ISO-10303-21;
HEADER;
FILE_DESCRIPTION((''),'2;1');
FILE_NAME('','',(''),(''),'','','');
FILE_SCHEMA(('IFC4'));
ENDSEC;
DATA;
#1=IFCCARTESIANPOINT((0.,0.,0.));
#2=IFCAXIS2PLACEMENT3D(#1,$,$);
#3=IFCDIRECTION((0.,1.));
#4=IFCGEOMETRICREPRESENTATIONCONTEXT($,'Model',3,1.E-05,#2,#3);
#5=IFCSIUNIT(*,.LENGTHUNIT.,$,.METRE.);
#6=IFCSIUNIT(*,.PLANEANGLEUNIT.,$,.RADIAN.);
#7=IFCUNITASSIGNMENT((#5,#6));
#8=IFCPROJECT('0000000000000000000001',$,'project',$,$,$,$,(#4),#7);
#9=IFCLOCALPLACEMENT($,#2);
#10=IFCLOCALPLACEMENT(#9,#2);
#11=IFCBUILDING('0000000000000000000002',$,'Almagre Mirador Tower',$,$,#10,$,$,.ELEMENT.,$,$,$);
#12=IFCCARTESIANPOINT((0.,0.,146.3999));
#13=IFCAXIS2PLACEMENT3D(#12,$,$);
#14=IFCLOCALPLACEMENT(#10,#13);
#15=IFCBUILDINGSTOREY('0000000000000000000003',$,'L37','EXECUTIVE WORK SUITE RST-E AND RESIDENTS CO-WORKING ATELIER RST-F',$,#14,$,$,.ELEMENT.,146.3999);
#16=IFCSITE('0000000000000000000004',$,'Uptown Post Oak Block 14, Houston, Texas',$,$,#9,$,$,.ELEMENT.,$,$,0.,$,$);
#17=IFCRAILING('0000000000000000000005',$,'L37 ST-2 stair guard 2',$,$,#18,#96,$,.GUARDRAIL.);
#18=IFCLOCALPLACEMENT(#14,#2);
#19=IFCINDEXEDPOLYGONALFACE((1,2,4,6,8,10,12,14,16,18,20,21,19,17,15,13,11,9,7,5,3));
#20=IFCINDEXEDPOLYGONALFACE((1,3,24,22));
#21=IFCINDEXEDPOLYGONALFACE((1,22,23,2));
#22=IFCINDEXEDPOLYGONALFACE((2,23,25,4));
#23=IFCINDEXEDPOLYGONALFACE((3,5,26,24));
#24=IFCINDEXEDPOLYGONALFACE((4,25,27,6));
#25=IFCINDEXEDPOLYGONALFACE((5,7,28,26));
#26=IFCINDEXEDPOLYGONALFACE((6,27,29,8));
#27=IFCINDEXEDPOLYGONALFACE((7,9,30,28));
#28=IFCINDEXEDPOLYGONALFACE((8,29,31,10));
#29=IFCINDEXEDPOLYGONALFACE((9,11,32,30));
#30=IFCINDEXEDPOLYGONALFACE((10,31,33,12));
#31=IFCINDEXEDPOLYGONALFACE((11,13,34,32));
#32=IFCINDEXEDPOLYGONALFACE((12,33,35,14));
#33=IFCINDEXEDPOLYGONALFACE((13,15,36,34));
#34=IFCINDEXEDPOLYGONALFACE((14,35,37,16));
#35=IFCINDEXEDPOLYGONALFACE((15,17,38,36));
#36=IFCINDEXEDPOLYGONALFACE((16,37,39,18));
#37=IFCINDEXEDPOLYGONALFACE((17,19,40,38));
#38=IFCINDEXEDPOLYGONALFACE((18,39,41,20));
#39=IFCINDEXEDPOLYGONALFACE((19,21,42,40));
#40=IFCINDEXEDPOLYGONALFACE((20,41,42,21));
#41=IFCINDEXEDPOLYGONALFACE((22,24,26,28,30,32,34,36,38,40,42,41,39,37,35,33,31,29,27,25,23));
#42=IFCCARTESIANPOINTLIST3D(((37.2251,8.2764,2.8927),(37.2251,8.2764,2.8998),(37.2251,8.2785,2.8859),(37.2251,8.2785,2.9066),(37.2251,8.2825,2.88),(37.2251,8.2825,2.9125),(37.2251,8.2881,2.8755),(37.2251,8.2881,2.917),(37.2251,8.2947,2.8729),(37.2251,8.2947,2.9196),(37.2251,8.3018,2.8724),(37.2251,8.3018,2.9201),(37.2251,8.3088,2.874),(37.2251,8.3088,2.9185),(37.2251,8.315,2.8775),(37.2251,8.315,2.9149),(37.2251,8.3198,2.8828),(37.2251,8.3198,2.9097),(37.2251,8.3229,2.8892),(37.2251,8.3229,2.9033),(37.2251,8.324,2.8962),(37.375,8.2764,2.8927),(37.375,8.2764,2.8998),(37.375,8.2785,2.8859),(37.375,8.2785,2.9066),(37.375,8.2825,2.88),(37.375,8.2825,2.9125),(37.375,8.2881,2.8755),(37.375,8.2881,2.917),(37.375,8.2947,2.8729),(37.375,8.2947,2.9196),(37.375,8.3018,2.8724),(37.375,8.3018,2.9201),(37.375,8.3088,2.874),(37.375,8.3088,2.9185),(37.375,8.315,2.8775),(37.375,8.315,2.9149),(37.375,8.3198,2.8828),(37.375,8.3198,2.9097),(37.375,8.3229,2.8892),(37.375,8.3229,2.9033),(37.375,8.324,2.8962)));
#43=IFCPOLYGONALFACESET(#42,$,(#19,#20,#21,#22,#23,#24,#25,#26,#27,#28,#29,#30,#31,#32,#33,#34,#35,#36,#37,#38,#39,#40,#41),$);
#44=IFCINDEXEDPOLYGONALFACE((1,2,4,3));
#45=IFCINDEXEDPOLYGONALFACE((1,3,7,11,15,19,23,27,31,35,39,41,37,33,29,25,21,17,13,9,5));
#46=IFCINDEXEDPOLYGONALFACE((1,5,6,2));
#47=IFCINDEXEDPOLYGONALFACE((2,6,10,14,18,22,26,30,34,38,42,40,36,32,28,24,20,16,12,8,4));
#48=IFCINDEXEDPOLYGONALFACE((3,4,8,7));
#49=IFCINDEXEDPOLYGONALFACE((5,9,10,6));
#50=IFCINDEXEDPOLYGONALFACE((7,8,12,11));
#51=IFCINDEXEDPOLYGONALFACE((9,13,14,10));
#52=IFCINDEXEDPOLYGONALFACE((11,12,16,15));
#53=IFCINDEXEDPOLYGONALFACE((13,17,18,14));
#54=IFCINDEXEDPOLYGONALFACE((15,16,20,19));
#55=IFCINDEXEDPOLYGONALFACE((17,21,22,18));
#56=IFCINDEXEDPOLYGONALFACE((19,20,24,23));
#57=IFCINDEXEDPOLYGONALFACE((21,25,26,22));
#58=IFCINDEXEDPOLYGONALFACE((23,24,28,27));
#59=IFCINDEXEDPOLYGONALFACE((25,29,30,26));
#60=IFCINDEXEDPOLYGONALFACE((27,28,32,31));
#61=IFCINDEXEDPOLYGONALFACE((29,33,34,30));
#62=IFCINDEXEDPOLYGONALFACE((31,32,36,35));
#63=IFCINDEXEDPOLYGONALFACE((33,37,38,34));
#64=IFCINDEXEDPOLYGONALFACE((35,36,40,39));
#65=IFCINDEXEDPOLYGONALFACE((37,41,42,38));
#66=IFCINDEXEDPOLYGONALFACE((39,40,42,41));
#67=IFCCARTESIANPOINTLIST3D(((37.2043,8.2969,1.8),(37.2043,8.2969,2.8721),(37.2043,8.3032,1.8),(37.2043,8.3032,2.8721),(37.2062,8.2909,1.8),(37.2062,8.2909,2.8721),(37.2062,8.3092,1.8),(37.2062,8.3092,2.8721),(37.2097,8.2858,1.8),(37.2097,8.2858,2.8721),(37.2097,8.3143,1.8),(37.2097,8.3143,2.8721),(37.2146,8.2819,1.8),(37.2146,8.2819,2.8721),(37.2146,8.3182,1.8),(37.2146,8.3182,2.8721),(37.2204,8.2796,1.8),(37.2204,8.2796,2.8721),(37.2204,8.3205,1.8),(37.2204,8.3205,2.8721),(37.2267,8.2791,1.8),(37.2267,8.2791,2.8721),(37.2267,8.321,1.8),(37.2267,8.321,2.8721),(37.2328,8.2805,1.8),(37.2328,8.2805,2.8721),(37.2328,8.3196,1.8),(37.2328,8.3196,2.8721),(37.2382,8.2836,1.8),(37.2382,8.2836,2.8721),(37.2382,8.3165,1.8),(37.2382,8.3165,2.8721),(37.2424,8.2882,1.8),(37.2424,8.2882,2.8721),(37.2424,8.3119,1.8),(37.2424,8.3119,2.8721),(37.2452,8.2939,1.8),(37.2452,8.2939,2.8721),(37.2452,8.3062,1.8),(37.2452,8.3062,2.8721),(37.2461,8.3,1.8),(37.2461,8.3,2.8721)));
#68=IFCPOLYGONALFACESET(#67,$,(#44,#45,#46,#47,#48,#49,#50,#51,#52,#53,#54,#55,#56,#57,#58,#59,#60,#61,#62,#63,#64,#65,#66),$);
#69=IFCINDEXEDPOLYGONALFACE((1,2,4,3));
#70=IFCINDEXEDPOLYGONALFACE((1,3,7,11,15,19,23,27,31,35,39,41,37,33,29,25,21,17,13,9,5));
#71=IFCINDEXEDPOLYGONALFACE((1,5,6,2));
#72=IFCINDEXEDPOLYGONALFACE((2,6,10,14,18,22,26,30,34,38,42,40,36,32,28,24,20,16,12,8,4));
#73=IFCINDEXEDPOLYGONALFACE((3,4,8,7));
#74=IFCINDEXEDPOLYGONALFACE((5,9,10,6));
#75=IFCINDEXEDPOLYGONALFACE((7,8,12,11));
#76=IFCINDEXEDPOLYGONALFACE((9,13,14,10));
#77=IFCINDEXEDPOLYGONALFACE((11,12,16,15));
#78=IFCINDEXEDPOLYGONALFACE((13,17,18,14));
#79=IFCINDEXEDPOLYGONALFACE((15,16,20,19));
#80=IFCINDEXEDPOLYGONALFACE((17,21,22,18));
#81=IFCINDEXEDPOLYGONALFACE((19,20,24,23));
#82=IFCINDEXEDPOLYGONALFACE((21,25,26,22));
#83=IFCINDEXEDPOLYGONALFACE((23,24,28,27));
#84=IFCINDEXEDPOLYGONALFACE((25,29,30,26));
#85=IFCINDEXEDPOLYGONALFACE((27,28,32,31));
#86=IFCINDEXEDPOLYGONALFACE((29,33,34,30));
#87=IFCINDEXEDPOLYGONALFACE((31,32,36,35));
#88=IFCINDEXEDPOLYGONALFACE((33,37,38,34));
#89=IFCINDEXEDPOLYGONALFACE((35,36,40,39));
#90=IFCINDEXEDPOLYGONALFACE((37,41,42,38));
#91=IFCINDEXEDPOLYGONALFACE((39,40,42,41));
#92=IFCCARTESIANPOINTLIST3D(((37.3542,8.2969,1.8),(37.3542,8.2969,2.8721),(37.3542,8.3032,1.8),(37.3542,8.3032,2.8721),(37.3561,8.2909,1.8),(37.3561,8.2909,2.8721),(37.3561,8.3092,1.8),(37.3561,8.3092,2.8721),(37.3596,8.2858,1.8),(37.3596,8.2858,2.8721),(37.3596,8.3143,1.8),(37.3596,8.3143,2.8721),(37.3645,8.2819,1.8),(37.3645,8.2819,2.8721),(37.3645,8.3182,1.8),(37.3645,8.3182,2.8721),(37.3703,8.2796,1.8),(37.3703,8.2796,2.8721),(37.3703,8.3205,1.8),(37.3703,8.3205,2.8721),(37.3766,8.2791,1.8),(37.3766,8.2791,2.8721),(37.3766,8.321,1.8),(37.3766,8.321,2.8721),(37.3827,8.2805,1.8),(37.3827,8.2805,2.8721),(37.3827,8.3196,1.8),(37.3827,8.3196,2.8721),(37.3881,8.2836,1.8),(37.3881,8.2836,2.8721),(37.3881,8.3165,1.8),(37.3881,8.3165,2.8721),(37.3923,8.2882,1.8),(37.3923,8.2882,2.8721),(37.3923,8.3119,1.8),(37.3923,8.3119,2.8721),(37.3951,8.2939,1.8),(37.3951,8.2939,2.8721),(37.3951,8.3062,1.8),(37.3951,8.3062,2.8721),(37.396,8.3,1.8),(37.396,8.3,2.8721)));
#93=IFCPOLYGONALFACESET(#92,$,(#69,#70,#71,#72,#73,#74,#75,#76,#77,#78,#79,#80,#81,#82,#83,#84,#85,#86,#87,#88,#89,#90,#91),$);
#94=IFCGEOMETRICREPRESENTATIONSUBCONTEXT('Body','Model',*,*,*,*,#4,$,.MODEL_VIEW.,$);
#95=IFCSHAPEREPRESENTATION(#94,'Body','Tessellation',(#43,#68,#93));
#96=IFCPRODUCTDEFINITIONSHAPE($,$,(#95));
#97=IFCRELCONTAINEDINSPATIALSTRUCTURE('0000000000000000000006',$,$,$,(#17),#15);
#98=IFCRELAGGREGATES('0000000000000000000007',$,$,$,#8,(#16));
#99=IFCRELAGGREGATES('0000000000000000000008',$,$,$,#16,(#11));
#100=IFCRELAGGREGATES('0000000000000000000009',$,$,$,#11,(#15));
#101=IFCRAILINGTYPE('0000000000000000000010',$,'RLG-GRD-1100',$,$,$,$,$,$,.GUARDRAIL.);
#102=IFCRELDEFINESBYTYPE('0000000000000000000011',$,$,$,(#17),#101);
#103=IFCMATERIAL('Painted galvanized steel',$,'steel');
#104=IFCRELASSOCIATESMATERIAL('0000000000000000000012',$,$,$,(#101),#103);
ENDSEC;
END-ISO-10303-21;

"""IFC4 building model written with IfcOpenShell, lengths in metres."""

from ifc_helpers import new_model, si_unit, direction, frame, origin, origin_2d, place, context, subcontext, project, spatial, circle, extrude, material, type_object, element, save


model = new_model("IFC4")

# Units and contexts
model_context = context("Model", 3, precision=1e-05, world=origin(), true_north=direction((0.0, 1.0)))
body_context = subcontext(model_context, "Body", "Model", "MODEL_VIEW")
ifc_project = project(units=[si_unit("LENGTHUNIT", "METRE"), si_unit("PLANEANGLEUNIT", "RADIAN")], contexts=[model_context])

# Site, building, storey
site_placement = place(None, origin())
site = spatial("IfcSite", under=ifc_project, at=site_placement, Name="Uptown Post Oak Block 14, Houston, Texas", CompositionType="ELEMENT", RefElevation=0.0)
building_placement = place(site_placement, origin())
building = spatial("IfcBuilding", under=site, at=building_placement, Name="Almagre Mirador Tower", CompositionType="ELEMENT")
storey_placement = place(building_placement, frame((0.0, 0.0, 146.3999)))
storey = spatial("IfcBuildingStorey", under=building, at=storey_placement, Name="L37", Description="EXECUTIVE WORK SUITE RST-E AND RESIDENTS CO-WORKING ATELIER RST-F", CompositionType="ELEMENT", Elevation=146.3999)

# Railing
ifc_material_1 = material(Name="Painted galvanized steel", Category="steel")
railing_type_1 = type_object("IfcRailingType", Name="RLG-GRD-1100", PredefinedType="GUARDRAIL", material=ifc_material_1)
railing_1_placement = place(storey_placement, frame((37.2251, 8.3, 1.8)))
element("IfcRailing", 1, at=railing_1_placement, inside=storey, type_object=railing_type_1, Name="L37 ST-2 stair guard 2", PredefinedType="GUARDRAIL", context=body_context, shape_type="SweptSolid", body=[
    extrude(circle(Radius=0.0239, at=origin_2d()), frame((0.0, 0.0, 1.0962), z_axis=(1.0, 0.0, 0.0), x_axis=(0.0, 1.0, 0.0)), (0.0, 0.0, 1.0), 0.1499),
    extrude(circle(Radius=0.021, at=origin_2d()), origin(), (0.0, 0.0, 1.0), 1.072),
    extrude(circle(Radius=0.021, at=origin_2d()), frame((0.1499, 0.0, 0.0)), (0.0, 0.0, 1.0), 1.072),
])

save(model, "model.ifc")
